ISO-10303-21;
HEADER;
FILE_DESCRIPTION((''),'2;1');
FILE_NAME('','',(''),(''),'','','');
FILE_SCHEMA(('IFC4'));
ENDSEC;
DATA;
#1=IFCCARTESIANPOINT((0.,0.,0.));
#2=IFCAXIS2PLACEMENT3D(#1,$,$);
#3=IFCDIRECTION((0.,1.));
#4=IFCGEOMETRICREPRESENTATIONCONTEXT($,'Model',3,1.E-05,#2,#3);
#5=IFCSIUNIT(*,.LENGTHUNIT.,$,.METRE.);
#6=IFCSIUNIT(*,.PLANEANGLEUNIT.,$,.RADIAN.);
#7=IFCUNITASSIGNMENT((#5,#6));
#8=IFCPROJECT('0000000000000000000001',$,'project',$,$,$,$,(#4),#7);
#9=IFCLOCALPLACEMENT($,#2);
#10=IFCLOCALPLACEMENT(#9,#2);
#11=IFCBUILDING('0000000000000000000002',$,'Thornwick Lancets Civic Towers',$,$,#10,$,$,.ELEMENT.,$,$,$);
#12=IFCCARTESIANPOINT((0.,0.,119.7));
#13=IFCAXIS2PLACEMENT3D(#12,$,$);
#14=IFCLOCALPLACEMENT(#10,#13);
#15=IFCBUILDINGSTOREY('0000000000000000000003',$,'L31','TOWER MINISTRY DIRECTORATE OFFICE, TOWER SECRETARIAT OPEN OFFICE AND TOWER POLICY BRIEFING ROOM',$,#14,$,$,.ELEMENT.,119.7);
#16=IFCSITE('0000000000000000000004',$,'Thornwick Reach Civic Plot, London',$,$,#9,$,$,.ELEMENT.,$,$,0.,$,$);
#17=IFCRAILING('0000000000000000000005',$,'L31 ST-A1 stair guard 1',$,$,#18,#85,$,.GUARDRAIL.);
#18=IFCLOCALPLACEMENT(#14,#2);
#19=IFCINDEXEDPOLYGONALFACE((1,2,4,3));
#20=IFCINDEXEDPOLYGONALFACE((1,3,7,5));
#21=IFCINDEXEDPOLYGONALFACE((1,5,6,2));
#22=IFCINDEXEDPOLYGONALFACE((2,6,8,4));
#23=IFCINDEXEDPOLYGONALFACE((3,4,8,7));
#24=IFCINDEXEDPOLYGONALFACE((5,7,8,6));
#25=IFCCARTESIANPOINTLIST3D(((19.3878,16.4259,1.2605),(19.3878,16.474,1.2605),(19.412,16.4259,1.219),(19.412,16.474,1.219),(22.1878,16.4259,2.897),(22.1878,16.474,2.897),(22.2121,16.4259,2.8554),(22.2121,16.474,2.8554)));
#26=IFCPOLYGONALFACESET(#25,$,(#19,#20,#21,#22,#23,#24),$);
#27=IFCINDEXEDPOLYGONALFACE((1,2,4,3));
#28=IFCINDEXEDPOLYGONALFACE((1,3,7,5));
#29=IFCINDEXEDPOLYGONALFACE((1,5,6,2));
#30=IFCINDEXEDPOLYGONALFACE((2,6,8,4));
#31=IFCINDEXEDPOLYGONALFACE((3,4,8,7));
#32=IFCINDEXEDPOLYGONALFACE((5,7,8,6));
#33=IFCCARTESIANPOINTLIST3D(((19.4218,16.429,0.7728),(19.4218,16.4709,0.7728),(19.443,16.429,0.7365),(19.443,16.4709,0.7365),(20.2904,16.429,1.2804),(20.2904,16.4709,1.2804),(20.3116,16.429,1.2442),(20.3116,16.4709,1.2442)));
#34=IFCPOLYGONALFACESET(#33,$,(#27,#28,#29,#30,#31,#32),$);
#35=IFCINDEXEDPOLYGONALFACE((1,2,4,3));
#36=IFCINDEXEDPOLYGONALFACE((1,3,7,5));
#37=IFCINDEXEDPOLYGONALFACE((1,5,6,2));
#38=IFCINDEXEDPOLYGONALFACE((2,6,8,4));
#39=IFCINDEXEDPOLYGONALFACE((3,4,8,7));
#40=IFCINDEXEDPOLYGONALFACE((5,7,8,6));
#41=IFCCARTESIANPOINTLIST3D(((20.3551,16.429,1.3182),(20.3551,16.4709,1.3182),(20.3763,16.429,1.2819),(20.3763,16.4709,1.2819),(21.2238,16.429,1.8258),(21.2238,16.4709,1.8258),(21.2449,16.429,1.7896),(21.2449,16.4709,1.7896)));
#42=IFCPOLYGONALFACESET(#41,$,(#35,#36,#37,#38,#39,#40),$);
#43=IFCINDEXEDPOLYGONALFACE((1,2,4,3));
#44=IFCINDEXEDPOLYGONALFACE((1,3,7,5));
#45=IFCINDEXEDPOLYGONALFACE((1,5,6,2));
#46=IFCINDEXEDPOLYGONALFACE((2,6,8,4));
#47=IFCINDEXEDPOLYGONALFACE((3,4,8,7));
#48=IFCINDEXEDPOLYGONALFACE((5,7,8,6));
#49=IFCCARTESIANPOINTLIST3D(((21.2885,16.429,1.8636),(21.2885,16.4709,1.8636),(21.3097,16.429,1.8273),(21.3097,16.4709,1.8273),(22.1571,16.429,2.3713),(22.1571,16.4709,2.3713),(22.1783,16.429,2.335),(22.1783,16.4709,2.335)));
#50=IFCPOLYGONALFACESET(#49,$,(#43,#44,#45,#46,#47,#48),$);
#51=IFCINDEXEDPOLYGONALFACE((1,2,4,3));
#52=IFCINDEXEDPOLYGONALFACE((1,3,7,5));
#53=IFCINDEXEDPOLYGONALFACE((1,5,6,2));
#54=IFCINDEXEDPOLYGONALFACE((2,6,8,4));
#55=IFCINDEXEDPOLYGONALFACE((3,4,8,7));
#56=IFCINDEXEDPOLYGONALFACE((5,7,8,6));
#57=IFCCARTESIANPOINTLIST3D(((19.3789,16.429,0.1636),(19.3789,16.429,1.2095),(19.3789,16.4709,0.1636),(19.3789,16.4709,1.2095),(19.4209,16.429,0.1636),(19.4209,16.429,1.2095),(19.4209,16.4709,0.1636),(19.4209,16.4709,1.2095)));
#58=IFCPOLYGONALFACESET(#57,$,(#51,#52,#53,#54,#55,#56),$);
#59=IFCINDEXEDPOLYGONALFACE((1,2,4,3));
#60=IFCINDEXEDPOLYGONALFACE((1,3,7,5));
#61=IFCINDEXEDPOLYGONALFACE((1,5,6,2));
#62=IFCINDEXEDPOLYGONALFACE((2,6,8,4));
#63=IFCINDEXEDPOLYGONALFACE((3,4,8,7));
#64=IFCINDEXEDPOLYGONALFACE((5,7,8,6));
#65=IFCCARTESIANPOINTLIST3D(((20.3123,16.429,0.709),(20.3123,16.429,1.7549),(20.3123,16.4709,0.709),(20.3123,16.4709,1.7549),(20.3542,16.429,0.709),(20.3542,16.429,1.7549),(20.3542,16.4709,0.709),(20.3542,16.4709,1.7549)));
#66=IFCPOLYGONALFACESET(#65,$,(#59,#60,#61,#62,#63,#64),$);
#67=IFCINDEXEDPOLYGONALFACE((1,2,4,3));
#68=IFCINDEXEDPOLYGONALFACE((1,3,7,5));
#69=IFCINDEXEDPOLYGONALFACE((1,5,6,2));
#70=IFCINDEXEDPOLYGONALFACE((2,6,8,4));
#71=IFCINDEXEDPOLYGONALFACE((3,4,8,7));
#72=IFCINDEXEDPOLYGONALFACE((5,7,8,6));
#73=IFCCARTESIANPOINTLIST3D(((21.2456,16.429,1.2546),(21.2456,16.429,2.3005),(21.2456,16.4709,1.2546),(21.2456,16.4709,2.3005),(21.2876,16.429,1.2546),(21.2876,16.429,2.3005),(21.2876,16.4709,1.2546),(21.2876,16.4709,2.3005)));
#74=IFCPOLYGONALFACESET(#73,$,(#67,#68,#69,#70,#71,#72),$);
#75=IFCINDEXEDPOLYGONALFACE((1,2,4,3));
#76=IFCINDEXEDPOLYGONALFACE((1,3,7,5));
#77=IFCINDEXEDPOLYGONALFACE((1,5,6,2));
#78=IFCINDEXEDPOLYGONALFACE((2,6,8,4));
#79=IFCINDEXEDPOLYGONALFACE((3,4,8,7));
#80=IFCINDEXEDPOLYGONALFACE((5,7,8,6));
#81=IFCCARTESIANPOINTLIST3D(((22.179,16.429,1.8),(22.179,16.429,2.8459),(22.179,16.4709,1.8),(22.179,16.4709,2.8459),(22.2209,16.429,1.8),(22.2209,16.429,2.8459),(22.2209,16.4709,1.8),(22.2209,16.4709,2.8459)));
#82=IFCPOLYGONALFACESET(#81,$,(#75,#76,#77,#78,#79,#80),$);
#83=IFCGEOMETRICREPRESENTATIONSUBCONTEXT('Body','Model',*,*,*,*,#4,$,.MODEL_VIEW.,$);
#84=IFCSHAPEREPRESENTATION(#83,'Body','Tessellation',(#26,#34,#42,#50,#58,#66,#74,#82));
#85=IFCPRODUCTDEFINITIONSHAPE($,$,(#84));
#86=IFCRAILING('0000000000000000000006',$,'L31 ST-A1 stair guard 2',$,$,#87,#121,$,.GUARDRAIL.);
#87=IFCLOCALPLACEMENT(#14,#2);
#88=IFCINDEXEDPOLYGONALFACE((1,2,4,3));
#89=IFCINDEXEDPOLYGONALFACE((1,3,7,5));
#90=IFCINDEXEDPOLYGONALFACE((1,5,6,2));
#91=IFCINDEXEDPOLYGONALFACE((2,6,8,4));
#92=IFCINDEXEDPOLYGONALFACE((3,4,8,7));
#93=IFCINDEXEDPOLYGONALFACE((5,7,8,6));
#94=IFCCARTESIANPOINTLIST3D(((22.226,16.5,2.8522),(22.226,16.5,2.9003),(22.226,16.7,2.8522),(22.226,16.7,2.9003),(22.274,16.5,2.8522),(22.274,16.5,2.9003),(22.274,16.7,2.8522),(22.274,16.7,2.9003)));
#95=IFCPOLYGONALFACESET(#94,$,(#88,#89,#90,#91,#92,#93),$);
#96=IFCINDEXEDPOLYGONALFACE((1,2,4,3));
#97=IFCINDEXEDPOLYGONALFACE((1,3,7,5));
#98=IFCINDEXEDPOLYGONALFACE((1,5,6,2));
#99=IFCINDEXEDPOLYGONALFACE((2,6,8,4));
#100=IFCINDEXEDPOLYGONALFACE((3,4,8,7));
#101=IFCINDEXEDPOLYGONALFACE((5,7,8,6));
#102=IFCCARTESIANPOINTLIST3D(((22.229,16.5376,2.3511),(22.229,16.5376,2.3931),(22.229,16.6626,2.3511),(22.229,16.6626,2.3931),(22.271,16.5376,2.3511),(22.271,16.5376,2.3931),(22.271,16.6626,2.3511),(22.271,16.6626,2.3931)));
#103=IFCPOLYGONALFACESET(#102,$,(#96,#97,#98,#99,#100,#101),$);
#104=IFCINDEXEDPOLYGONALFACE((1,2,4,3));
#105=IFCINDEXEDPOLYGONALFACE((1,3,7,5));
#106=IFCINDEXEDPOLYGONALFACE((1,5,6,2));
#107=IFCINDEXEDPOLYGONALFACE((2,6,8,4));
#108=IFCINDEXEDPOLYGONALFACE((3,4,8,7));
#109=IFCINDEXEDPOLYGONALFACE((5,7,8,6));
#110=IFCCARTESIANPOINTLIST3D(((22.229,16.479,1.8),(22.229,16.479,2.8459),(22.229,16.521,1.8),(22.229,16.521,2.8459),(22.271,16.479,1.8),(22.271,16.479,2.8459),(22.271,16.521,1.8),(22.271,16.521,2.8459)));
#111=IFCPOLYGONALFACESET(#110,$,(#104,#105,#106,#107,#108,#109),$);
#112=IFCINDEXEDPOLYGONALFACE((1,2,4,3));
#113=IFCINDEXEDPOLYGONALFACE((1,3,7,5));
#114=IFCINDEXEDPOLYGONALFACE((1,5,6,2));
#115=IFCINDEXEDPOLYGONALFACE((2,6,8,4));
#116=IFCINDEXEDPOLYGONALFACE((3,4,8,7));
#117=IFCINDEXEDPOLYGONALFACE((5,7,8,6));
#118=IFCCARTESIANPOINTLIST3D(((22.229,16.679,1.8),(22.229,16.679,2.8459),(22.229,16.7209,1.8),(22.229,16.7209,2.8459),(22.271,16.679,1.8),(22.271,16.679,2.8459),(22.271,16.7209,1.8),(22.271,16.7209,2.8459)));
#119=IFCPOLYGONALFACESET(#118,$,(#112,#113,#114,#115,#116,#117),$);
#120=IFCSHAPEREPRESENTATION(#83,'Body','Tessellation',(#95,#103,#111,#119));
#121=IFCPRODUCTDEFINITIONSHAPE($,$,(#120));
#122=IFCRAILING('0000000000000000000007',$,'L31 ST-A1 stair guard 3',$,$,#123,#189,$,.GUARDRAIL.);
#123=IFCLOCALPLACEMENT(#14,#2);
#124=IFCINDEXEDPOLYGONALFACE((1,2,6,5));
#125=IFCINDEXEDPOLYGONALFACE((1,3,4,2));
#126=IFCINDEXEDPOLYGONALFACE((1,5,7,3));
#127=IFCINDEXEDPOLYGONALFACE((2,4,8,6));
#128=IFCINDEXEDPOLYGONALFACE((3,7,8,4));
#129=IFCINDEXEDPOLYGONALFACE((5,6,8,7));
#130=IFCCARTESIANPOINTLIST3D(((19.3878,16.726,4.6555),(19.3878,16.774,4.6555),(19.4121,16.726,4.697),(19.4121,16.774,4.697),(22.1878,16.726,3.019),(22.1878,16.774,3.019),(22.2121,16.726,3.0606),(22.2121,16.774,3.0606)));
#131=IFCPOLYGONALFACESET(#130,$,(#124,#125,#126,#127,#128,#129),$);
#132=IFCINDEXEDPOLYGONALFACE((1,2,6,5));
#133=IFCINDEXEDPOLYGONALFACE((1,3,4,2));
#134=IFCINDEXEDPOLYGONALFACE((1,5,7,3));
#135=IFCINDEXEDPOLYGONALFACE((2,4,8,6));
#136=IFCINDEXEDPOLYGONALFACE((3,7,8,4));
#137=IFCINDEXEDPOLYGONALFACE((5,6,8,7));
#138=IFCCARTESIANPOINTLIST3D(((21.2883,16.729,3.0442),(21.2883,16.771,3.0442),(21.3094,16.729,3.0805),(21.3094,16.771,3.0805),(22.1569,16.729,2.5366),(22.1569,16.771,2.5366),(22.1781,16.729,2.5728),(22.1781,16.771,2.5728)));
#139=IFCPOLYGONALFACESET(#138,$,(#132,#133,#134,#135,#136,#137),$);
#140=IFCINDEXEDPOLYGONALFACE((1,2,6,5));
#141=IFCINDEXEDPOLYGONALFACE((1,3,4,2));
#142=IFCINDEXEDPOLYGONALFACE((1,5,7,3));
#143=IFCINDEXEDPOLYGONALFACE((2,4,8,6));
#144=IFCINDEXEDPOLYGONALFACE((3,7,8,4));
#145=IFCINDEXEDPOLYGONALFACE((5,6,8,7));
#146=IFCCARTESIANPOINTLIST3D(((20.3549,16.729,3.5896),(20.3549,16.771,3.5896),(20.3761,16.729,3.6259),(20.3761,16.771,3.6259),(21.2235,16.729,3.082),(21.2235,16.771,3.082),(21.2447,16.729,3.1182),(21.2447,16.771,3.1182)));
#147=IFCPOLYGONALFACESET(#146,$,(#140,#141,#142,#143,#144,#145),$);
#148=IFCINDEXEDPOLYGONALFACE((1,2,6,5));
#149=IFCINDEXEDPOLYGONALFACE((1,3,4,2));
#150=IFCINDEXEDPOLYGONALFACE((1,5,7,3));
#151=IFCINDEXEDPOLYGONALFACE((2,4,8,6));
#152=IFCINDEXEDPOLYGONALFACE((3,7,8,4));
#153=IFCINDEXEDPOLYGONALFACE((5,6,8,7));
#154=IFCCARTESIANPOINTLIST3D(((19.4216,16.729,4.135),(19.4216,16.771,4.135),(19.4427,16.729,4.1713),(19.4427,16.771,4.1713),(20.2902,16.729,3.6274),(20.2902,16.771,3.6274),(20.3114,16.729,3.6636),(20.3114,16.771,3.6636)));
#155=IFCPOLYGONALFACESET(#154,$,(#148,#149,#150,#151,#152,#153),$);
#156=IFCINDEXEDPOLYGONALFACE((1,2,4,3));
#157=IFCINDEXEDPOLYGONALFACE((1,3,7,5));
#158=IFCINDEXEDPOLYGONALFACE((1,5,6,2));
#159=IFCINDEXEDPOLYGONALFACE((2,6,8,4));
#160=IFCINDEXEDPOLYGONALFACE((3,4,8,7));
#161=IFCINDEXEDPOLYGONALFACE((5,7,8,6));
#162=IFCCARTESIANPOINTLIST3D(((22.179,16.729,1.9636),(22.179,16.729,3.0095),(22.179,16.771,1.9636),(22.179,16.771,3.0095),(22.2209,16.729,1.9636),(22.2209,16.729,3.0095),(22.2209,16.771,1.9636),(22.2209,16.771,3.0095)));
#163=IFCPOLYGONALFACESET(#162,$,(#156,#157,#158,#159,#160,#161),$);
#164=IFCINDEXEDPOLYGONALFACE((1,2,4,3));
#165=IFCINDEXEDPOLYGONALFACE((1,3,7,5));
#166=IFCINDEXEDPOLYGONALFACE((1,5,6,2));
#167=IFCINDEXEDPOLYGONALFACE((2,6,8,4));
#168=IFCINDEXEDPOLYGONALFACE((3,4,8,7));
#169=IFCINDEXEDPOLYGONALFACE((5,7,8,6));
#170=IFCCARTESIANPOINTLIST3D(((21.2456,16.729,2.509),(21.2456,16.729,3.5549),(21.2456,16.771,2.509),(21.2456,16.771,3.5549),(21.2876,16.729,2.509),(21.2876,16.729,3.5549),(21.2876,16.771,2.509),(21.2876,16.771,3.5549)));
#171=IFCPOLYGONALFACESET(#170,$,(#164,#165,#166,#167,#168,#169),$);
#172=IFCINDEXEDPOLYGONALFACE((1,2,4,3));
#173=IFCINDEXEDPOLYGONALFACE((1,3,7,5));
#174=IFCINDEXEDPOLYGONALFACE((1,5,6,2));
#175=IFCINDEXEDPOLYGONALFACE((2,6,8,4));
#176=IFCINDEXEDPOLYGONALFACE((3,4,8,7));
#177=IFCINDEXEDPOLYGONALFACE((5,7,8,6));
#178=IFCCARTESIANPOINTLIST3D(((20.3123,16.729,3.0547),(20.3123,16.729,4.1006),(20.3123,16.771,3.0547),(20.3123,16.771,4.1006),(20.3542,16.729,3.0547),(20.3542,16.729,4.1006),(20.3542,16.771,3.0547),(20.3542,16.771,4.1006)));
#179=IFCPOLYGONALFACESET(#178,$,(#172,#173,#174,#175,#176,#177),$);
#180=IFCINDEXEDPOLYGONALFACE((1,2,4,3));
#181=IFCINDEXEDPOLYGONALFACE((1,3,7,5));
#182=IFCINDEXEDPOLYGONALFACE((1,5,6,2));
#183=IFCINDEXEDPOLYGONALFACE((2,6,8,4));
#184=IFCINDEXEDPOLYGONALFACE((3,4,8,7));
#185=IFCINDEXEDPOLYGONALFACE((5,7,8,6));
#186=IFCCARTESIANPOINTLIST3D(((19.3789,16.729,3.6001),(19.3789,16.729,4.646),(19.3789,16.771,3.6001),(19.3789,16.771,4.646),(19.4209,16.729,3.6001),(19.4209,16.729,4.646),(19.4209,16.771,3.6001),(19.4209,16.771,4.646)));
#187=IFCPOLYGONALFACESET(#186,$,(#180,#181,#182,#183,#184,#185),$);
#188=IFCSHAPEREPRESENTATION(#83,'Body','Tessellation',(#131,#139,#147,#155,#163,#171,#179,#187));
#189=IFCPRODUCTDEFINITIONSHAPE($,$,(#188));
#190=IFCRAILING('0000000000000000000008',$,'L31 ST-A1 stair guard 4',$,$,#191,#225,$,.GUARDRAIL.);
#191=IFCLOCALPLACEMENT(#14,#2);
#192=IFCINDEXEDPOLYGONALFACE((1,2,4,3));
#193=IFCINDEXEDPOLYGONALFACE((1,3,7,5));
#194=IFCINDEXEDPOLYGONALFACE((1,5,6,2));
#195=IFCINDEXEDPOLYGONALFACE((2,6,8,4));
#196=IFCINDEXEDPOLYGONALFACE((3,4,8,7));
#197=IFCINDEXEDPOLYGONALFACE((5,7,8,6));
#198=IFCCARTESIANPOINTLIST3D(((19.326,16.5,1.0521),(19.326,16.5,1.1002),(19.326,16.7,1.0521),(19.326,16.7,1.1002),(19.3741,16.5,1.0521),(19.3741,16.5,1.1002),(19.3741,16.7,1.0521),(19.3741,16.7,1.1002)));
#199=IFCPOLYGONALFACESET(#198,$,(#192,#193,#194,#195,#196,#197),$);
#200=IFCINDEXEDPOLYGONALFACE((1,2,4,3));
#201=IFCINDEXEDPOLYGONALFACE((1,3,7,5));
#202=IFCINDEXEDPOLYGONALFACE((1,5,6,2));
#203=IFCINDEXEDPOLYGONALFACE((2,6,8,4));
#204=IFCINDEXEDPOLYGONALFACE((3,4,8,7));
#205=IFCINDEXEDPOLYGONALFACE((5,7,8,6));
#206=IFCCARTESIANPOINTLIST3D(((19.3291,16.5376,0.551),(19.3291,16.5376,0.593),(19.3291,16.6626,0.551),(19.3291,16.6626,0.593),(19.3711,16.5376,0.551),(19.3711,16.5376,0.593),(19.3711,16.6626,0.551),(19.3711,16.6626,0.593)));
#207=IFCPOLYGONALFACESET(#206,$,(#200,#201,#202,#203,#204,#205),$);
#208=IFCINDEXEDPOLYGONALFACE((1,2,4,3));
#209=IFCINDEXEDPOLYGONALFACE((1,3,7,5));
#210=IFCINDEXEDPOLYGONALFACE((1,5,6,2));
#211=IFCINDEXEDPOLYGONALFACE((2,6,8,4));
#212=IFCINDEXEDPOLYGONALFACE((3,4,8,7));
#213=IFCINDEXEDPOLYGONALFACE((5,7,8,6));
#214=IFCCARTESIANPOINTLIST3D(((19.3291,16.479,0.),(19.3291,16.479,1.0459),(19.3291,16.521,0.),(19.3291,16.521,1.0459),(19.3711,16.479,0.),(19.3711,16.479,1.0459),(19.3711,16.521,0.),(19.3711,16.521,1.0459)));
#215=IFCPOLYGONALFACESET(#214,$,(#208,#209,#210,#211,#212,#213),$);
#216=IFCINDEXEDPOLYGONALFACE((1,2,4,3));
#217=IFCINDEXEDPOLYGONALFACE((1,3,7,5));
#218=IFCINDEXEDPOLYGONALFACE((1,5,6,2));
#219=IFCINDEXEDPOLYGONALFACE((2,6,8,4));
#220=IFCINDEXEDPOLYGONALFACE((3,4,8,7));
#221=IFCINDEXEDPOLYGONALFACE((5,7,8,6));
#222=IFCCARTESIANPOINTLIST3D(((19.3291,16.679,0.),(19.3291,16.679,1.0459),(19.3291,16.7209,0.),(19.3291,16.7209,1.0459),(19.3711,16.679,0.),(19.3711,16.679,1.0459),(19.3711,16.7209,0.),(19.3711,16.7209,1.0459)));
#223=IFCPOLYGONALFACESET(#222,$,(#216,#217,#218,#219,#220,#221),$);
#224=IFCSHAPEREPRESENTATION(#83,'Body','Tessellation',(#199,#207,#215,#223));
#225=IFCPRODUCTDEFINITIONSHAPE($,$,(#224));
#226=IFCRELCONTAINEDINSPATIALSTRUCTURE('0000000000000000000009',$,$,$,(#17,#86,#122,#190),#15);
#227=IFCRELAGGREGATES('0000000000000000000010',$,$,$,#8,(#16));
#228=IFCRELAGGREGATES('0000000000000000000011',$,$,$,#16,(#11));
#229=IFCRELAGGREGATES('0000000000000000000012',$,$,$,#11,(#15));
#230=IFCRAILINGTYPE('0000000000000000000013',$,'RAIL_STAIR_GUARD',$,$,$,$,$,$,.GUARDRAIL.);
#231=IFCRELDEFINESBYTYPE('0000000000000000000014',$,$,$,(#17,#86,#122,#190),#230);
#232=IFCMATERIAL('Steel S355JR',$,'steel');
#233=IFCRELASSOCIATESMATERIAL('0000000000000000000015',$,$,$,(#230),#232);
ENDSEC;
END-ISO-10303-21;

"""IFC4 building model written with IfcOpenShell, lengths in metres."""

from ifc_helpers import new_model, si_unit, direction, frame, origin, origin_2d, place, context, subcontext, project, spatial, rectangle, extrude, material, type_object, element, save


model = new_model("IFC4")

# Units and contexts
model_context = context("Model", 3, precision=1e-05, world=origin(), true_north=direction((0.0, 1.0)))
body_context = subcontext(model_context, "Body", "Model", "MODEL_VIEW")
ifc_project = project(units=[si_unit("LENGTHUNIT", "METRE"), si_unit("PLANEANGLEUNIT", "RADIAN")], contexts=[model_context])

# Site, building, storey
site_placement = place(None, origin())
site = spatial("IfcSite", under=ifc_project, at=site_placement, Name="Thornwick Reach Civic Plot, London", CompositionType="ELEMENT", RefElevation=0.0)
building_placement = place(site_placement, origin())
building = spatial("IfcBuilding", under=site, at=building_placement, Name="Thornwick Lancets Civic Towers", CompositionType="ELEMENT")
storey_placement = place(building_placement, frame((0.0, 0.0, 119.7)))
storey = spatial("IfcBuildingStorey", under=building, at=storey_placement, Name="L31", Description="TOWER MINISTRY DIRECTORATE OFFICE, TOWER SECRETARIAT OPEN OFFICE AND TOWER POLICY BRIEFING ROOM", CompositionType="ELEMENT", Elevation=119.7)

# Railings
ifc_material_1 = material(Name="Steel S355JR", Category="steel")
railing_type_1 = type_object("IfcRailingType", Name="RAIL_STAIR_GUARD", PredefinedType="GUARDRAIL", material=ifc_material_1)
railing_1_placement = place(storey_placement, frame((19.3999, 16.45, 0.1636)))
element("IfcRailing", 1, at=railing_1_placement, inside=storey, type_object=railing_type_1, Name="L31 ST-A1 stair guard 1", PredefinedType="GUARDRAIL", context=body_context, shape_type="SweptSolid", body=[
    extrude(rectangle(XDim=0.0481, YDim=0.0481, at=origin_2d()), frame((0.0, 0.0, 1.0762), z_axis=(0.863361, 0.0, 0.504587), x_axis=(0.0, 1.0, 0.0)), (0.0, 0.0, 1.0), 3.2432),
    extrude(rectangle(XDim=0.042, YDim=0.042, at=origin_2d()), frame((0.0325, 0.0, 0.5911), z_axis=(0.863361, 0.0, 0.504587), x_axis=(0.0, 1.0, 0.0)), (0.0, 0.0, 1.0), 1.0061),
    extrude(rectangle(XDim=0.042, YDim=0.042, at=origin_2d()), frame((0.9658, 0.0, 1.1365), z_axis=(0.863361, 0.0, 0.504587), x_axis=(0.0, 1.0, 0.0)), (0.0, 0.0, 1.0), 1.0061),
    extrude(rectangle(XDim=0.042, YDim=0.042, at=origin_2d()), frame((1.8992, 0.0, 1.6819), z_axis=(0.863361, 0.0, 0.504587), x_axis=(0.0, 1.0, 0.0)), (0.0, 0.0, 1.0), 1.0061),
    extrude(rectangle(XDim=0.042, YDim=0.042, at=origin_2d()), origin(), (0.0, 0.0, 1.0), 1.0459),
    extrude(rectangle(XDim=0.042, YDim=0.042, at=origin_2d()), frame((0.9333, 0.0, 0.5454)), (0.0, 0.0, 1.0), 1.0459),
    extrude(rectangle(XDim=0.042, YDim=0.042, at=origin_2d()), frame((1.8667, 0.0, 1.0911)), (0.0, 0.0, 1.0), 1.0459),
    extrude(rectangle(XDim=0.042, YDim=0.042, at=origin_2d()), frame((2.8, 0.0, 1.6365)), (0.0, 0.0, 1.0), 1.0459),
])
railing_2_placement = place(storey_placement, frame((22.25, 16.5, 1.8)))
element("IfcRailing", 2, at=railing_2_placement, inside=storey, type_object=railing_type_1, Name="L31 ST-A1 stair guard 2", PredefinedType="GUARDRAIL", context=body_context, shape_type="SweptSolid", body=[
    extrude(rectangle(XDim=0.0481, YDim=0.0481, at=origin_2d()), frame((0.0, 0.0, 1.0762), z_axis=(0.0, 1.0, 0.0), x_axis=(-1.0, 0.0, 0.0)), (0.0, 0.0, 1.0), 0.2),
    extrude(rectangle(XDim=0.042, YDim=0.042, at=origin_2d()), frame((0.0, 0.0376, 0.572), z_axis=(0.0, 1.0, 0.0), x_axis=(-1.0, 0.0, 0.0)), (0.0, 0.0, 1.0), 0.125),
    extrude(rectangle(XDim=0.042, YDim=0.042, at=origin_2d()), origin(), (0.0, 0.0, 1.0), 1.0459),
    extrude(rectangle(XDim=0.042, YDim=0.042, at=origin_2d()), frame((0.0, 0.2, 0.0)), (0.0, 0.0, 1.0), 1.0459),
])
railing_3_placement = place(storey_placement, frame((22.2, 16.75, 1.9636)))
element("IfcRailing", 3, at=railing_3_placement, inside=storey, type_object=railing_type_1, Name="L31 ST-A1 stair guard 3", PredefinedType="GUARDRAIL", context=body_context, shape_type="SweptSolid", body=[
    extrude(rectangle(XDim=0.0481, YDim=0.0481, at=origin_2d()), frame((0.0, 0.0, 1.0762), z_axis=(-0.863361, 0.0, 0.504587), x_axis=(0.0, -1.0, 0.0)), (0.0, 0.0, 1.0), 3.2432),
    extrude(rectangle(XDim=0.042, YDim=0.042, at=origin_2d()), frame((-0.0325, 0.0, 0.5911), z_axis=(-0.863361, 0.0, 0.504587), x_axis=(0.0, -1.0, 0.0)), (0.0, 0.0, 1.0), 1.0061),
    extrude(rectangle(XDim=0.042, YDim=0.042, at=origin_2d()), frame((-0.9658, 0.0, 1.1365), z_axis=(-0.863361, 0.0, 0.504587), x_axis=(0.0, -1.0, 0.0)), (0.0, 0.0, 1.0), 1.0061),
    extrude(rectangle(XDim=0.042, YDim=0.042, at=origin_2d()), frame((-1.8992, 0.0, 1.6819), z_axis=(-0.863361, 0.0, 0.504587), x_axis=(0.0, -1.0, 0.0)), (0.0, 0.0, 1.0), 1.0061),
    extrude(rectangle(XDim=0.042, YDim=0.042, at=origin_2d()), origin(), (0.0, 0.0, 1.0), 1.0459),
    extrude(rectangle(XDim=0.042, YDim=0.042, at=origin_2d()), frame((-0.9333, 0.0, 0.5454)), (0.0, 0.0, 1.0), 1.0459),
    extrude(rectangle(XDim=0.042, YDim=0.042, at=origin_2d()), frame((-1.8667, 0.0, 1.0911)), (0.0, 0.0, 1.0), 1.0459),
    extrude(rectangle(XDim=0.042, YDim=0.042, at=origin_2d()), frame((-2.8, 0.0, 1.6365)), (0.0, 0.0, 1.0), 1.0459),
])
railing_4_placement = place(storey_placement, frame((19.3501, 16.5, 0.0)))
element("IfcRailing", 4, at=railing_4_placement, inside=storey, type_object=railing_type_1, Name="L31 ST-A1 stair guard 4", PredefinedType="GUARDRAIL", context=body_context, shape_type="SweptSolid", body=[
    extrude(rectangle(XDim=0.0481, YDim=0.0481, at=origin_2d()), frame((0.0, 0.0, 1.0762), z_axis=(0.0, 1.0, 0.0), x_axis=(-1.0, 0.0, 0.0)), (0.0, 0.0, 1.0), 0.2),
    extrude(rectangle(XDim=0.042, YDim=0.042, at=origin_2d()), frame((0.0, 0.0376, 0.572), z_axis=(0.0, 1.0, 0.0), x_axis=(-1.0, 0.0, 0.0)), (0.0, 0.0, 1.0), 0.125),
    extrude(rectangle(XDim=0.042, YDim=0.042, at=origin_2d()), origin(), (0.0, 0.0, 1.0), 1.0459),
    extrude(rectangle(XDim=0.042, YDim=0.042, at=origin_2d()), frame((0.0, 0.2, 0.0)), (0.0, 0.0, 1.0), 1.0459),
])

save(model, "model.ifc")
